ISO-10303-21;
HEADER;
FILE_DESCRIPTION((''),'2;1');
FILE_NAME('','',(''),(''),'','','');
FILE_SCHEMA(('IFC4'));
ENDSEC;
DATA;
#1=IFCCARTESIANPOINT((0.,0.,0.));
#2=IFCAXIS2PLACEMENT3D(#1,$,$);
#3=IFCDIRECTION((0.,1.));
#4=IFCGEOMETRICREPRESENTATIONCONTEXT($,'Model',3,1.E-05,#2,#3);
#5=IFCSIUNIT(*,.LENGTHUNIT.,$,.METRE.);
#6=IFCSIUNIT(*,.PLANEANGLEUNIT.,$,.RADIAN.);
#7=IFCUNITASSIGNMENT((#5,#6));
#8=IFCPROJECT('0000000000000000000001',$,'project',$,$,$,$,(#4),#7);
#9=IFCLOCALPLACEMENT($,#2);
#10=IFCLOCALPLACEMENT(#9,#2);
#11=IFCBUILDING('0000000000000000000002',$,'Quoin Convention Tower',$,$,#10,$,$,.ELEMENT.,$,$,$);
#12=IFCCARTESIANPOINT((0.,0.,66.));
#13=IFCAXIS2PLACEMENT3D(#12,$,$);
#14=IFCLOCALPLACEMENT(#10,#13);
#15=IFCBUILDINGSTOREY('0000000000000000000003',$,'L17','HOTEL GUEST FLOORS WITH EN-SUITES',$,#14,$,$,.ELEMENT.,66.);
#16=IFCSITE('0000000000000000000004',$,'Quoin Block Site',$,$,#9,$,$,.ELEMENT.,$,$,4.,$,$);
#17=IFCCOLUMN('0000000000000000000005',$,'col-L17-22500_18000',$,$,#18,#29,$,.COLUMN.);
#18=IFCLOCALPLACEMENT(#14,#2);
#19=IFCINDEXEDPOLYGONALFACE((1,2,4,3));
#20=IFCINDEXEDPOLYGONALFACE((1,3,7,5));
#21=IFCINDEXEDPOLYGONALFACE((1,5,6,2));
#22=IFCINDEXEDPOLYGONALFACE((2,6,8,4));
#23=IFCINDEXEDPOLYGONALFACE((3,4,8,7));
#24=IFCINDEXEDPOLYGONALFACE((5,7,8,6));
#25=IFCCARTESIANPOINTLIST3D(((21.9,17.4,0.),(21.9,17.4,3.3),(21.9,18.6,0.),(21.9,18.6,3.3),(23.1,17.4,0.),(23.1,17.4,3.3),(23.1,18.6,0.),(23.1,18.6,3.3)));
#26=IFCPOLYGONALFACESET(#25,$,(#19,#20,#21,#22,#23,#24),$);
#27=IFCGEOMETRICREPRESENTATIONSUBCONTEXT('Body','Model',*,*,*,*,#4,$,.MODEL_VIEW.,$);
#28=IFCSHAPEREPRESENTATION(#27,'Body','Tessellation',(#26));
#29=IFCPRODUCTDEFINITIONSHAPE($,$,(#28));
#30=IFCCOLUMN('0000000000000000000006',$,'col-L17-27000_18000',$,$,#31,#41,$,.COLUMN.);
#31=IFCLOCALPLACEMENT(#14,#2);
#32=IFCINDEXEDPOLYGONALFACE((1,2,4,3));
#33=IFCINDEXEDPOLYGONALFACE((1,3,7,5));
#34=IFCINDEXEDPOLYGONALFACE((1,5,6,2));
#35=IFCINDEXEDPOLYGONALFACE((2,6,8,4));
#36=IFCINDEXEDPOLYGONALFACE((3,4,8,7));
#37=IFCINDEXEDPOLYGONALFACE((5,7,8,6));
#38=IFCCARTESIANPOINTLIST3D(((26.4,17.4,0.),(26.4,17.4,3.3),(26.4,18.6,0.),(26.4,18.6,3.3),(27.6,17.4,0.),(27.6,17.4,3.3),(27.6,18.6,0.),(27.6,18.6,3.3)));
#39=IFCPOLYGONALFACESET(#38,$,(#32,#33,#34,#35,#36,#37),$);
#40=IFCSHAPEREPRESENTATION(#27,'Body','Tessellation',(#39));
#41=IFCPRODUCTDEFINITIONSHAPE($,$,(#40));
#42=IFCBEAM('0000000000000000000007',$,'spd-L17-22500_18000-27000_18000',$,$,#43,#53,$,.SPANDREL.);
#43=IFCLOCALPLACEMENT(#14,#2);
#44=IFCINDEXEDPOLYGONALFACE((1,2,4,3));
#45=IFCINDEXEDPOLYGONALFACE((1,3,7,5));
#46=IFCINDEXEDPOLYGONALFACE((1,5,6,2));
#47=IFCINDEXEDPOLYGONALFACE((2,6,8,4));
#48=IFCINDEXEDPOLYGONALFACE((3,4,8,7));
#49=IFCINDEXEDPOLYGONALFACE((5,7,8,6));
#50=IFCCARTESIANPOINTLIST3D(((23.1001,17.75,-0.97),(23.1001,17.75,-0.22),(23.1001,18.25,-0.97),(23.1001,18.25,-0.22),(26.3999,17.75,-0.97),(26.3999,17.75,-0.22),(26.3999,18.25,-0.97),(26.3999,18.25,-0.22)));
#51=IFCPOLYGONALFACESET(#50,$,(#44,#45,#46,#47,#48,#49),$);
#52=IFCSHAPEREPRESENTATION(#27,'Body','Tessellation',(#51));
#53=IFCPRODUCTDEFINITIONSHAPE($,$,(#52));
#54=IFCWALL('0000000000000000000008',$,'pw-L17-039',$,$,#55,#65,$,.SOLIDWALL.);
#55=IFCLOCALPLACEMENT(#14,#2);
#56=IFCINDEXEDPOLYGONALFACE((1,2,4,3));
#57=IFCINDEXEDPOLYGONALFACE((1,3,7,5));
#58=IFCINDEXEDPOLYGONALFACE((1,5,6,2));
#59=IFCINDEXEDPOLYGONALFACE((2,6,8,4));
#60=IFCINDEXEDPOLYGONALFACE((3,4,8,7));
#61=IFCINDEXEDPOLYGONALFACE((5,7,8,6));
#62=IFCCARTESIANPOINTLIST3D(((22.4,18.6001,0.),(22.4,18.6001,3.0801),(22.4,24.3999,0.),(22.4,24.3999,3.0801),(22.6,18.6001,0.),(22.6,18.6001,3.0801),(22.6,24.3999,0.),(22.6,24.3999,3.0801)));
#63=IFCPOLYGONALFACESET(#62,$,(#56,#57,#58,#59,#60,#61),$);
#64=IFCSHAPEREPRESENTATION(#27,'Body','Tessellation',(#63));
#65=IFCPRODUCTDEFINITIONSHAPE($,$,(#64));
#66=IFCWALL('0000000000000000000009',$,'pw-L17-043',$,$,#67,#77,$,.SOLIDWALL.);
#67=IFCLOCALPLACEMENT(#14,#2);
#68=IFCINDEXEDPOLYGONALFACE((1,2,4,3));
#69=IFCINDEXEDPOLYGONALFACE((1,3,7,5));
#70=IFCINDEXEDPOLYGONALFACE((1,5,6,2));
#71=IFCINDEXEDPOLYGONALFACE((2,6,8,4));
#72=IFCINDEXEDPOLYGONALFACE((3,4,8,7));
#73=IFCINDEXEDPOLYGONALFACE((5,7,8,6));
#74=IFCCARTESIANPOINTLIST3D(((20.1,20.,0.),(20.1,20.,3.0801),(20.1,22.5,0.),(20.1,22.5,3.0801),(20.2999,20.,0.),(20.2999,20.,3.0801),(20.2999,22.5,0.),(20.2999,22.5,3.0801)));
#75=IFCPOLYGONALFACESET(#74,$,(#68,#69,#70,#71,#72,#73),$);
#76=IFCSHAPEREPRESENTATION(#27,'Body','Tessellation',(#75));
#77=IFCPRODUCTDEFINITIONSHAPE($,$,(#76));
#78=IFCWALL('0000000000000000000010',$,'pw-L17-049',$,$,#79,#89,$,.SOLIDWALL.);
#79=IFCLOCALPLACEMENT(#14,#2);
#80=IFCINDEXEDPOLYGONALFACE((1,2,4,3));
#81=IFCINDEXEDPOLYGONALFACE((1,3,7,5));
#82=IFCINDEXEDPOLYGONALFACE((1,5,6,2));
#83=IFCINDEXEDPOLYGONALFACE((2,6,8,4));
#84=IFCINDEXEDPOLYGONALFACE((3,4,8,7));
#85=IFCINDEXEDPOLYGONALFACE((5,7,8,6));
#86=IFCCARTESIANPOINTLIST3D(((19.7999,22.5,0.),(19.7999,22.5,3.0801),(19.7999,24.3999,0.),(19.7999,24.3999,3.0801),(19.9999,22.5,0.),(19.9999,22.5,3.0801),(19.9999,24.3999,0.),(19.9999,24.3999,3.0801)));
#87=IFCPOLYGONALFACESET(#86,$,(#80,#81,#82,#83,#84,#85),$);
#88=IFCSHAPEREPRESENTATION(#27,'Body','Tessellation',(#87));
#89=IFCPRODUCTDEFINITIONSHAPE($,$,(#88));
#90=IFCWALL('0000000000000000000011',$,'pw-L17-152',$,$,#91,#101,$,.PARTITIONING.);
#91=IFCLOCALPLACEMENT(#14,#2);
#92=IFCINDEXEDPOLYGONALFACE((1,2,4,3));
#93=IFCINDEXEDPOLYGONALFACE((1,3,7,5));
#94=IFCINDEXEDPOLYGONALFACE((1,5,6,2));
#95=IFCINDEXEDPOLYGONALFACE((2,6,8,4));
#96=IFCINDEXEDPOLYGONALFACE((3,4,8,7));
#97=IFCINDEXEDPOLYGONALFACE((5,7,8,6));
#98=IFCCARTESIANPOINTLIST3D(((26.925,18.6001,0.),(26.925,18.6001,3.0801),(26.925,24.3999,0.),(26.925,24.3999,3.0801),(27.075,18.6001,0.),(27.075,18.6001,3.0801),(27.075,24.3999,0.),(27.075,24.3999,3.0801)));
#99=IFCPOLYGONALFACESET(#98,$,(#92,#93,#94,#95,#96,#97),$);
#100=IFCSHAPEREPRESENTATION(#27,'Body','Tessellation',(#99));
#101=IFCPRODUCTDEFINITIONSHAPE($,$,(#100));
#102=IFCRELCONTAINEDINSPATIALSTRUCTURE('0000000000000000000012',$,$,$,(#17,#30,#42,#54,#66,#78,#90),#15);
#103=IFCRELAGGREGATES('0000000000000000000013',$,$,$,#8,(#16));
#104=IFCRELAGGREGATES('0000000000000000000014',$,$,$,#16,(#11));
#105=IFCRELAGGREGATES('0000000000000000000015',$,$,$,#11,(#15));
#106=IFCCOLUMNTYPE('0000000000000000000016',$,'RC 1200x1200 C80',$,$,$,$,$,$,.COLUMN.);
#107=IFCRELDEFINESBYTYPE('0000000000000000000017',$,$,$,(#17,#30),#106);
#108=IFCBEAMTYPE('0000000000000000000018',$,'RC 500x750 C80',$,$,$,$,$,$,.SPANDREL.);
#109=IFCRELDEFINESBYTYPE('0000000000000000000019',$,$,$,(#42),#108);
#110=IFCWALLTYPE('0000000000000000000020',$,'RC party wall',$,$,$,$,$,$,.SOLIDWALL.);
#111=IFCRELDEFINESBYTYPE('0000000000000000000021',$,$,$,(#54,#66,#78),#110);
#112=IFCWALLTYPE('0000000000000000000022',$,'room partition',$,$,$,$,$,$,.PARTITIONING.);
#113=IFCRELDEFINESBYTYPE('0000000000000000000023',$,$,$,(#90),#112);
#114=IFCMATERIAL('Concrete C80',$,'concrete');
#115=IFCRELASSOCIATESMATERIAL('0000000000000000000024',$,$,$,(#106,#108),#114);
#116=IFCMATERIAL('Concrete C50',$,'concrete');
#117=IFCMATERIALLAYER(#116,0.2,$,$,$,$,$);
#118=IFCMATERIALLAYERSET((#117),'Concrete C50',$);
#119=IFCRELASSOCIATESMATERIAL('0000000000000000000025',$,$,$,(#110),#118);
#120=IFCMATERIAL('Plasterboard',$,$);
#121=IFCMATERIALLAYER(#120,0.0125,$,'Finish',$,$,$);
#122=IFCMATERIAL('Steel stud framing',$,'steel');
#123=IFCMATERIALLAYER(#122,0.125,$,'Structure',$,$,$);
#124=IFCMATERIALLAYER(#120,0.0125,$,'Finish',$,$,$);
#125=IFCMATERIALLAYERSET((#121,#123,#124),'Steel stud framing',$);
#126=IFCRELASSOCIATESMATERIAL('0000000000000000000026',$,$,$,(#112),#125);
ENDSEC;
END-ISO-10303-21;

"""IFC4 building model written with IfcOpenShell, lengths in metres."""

from ifc_helpers import new_model, si_unit, direction, frame, frame_2d, origin, origin_2d, place, context, subcontext, project, spatial, rectangle, extrude, material, layer, layer_set, material_profile, profile_set, type_object, element, save


model = new_model("IFC4")

# Units and contexts
model_context = context("Model", 3, precision=1e-05, world=origin(), true_north=direction((0.0, 1.0)))
body_context = subcontext(model_context, "Body", "Model", "MODEL_VIEW")
ifc_project = project(units=[si_unit("LENGTHUNIT", "METRE"), si_unit("PLANEANGLEUNIT", "RADIAN")], contexts=[model_context])

# Site, building, storey
site_placement = place(None, origin())
site = spatial("IfcSite", under=ifc_project, at=site_placement, Name="Quoin Block Site", CompositionType="ELEMENT", RefElevation=4.0)
building_placement = place(site_placement, origin())
building = spatial("IfcBuilding", under=site, at=building_placement, Name="Quoin Convention Tower", CompositionType="ELEMENT")
storey_placement = place(building_placement, frame((0.0, 0.0, 66.0)))
storey = spatial("IfcBuildingStorey", under=building, at=storey_placement, Name="L17", Description="HOTEL GUEST FLOORS WITH EN-SUITES", CompositionType="ELEMENT", Elevation=66.0)

# Columns
ifc_material_1 = material(Name="Concrete C80", Category="concrete")
ifc_material_profile_1 = material_profile(ifc_material_1, rectangle(XDim=1.2, YDim=1.2, at=origin_2d()), Name="RC 1200x1200")
ifc_profile_set_1 = profile_set([ifc_material_profile_1], Name="Concrete C80")
column_type = type_object("IfcColumnType", Name="RC 1200x1200 C80", PredefinedType="COLUMN", material=ifc_profile_set_1)
for number, where, z_axis, x_axis, name in (
    (1, (22.5, 18.0, 0.0), (0.0, 0.0, 1.0), (1.0, 0.0, 0.0), "col-L17-22500_18000"),
    (2, (27.0, 18.0, 0.0), (0.0, 0.0, 1.0), (1.0, 0.0, 0.0), "col-L17-27000_18000"),
):
    element("IfcColumn", number, at=place(storey_placement, frame(where, z_axis=z_axis, x_axis=x_axis)), inside=storey, type_object=column_type, Name=name, PredefinedType="COLUMN", context=body_context, shape_type="SweptSolid", body=[
        extrude(rectangle(XDim=1.2, YDim=1.2, at=origin_2d()), origin(), (0.0, 0.0, 1.0), 3.3),
    ])

# Beam
ifc_material_profile_2 = material_profile(ifc_material_1, rectangle(XDim=0.5, YDim=0.75, at=origin_2d()), Name="RC 500x750")
ifc_profile_set_2 = profile_set([ifc_material_profile_2], Name="Concrete C80")
beam_type = type_object("IfcBeamType", Name="RC 500x750 C80", PredefinedType="SPANDREL", material=ifc_profile_set_2)
beam_placement = place(storey_placement, frame((23.1001, 18.0, -0.595), z_axis=(1.0, 0.0, 0.0), x_axis=(0.0, 1.0, 0.0)))
element("IfcBeam", 3, at=beam_placement, inside=storey, type_object=beam_type, Name="spd-L17-22500_18000-27000_18000", PredefinedType="SPANDREL", context=body_context, shape_type="SweptSolid", body=[
    extrude(rectangle(XDim=0.5, YDim=0.75, at=origin_2d()), origin(), (0.0, 0.0, 1.0), 3.2998),
])

# Walls
ifc_material_2 = material(Name="Concrete C50", Category="concrete")
ifc_layer_1 = layer(ifc_material_2, 0.2)
ifc_layer_set_1 = layer_set([ifc_layer_1], Name="Concrete C50")
wall_type_1 = type_object("IfcWallType", Name="RC party wall", PredefinedType="SOLIDWALL", material=ifc_layer_set_1)
wall_1_placement = place(storey_placement, frame((22.5, 18.6001, 0.0), z_axis=(0.0, 0.0, 1.0), x_axis=(0.0, 1.0, 0.0)))
element("IfcWall", 4, at=wall_1_placement, inside=storey, type_object=wall_type_1, Name="pw-L17-039", PredefinedType="SOLIDWALL", context=body_context, shape_type="SweptSolid", body=[
    extrude(rectangle(XDim=5.7998, YDim=0.2, at=frame_2d((2.8999, 0.0))), origin(), (0.0, 0.0, 1.0), 3.0801),
])
wall_2_placement = place(storey_placement, frame((20.2, 20.0, 0.0), z_axis=(0.0, 0.0, 1.0), x_axis=(0.0, 1.0, 0.0)))
element("IfcWall", 5, at=wall_2_placement, inside=storey, type_object=wall_type_1, Name="pw-L17-043", PredefinedType="SOLIDWALL", context=body_context, shape_type="SweptSolid", body=[
    extrude(rectangle(XDim=2.5, YDim=0.2, at=frame_2d((1.25, 0.0))), origin(), (0.0, 0.0, 1.0), 3.0801),
])
wall_3_placement = place(storey_placement, frame((19.8999, 22.5, 0.0), z_axis=(0.0, 0.0, 1.0), x_axis=(0.0, 1.0, 0.0)))
element("IfcWall", 6, at=wall_3_placement, inside=storey, type_object=wall_type_1, Name="pw-L17-049", PredefinedType="SOLIDWALL", context=body_context, shape_type="SweptSolid", body=[
    extrude(rectangle(XDim=1.8999, YDim=0.2, at=frame_2d((0.95, 0.0))), origin(), (0.0, 0.0, 1.0), 3.0801),
])
ifc_material_3 = material(Name="Plasterboard")
ifc_layer_2 = layer(ifc_material_3, 0.0125, Name="Finish")
ifc_material_4 = material(Name="Steel stud framing", Category="steel")
ifc_layer_3 = layer(ifc_material_4, 0.125, Name="Structure")
ifc_layer_4 = layer(ifc_material_3, 0.0125, Name="Finish")
ifc_layer_set_2 = layer_set([ifc_layer_2, ifc_layer_3, ifc_layer_4], Name="Steel stud framing")
wall_type_2 = type_object("IfcWallType", Name="room partition", PredefinedType="PARTITIONING", material=ifc_layer_set_2)
wall_4_placement = place(storey_placement, frame((27.0, 18.6001, 0.0), z_axis=(0.0, 0.0, 1.0), x_axis=(0.0, 1.0, 0.0)))
element("IfcWall", 7, at=wall_4_placement, inside=storey, type_object=wall_type_2, Name="pw-L17-152", PredefinedType="PARTITIONING", context=body_context, shape_type="SweptSolid", body=[
    extrude(rectangle(XDim=5.7998, YDim=0.1499, at=frame_2d((2.8999, 0.0))), origin(), (0.0, 0.0, 1.0), 3.0801),
])

save(model, "model.ifc")
